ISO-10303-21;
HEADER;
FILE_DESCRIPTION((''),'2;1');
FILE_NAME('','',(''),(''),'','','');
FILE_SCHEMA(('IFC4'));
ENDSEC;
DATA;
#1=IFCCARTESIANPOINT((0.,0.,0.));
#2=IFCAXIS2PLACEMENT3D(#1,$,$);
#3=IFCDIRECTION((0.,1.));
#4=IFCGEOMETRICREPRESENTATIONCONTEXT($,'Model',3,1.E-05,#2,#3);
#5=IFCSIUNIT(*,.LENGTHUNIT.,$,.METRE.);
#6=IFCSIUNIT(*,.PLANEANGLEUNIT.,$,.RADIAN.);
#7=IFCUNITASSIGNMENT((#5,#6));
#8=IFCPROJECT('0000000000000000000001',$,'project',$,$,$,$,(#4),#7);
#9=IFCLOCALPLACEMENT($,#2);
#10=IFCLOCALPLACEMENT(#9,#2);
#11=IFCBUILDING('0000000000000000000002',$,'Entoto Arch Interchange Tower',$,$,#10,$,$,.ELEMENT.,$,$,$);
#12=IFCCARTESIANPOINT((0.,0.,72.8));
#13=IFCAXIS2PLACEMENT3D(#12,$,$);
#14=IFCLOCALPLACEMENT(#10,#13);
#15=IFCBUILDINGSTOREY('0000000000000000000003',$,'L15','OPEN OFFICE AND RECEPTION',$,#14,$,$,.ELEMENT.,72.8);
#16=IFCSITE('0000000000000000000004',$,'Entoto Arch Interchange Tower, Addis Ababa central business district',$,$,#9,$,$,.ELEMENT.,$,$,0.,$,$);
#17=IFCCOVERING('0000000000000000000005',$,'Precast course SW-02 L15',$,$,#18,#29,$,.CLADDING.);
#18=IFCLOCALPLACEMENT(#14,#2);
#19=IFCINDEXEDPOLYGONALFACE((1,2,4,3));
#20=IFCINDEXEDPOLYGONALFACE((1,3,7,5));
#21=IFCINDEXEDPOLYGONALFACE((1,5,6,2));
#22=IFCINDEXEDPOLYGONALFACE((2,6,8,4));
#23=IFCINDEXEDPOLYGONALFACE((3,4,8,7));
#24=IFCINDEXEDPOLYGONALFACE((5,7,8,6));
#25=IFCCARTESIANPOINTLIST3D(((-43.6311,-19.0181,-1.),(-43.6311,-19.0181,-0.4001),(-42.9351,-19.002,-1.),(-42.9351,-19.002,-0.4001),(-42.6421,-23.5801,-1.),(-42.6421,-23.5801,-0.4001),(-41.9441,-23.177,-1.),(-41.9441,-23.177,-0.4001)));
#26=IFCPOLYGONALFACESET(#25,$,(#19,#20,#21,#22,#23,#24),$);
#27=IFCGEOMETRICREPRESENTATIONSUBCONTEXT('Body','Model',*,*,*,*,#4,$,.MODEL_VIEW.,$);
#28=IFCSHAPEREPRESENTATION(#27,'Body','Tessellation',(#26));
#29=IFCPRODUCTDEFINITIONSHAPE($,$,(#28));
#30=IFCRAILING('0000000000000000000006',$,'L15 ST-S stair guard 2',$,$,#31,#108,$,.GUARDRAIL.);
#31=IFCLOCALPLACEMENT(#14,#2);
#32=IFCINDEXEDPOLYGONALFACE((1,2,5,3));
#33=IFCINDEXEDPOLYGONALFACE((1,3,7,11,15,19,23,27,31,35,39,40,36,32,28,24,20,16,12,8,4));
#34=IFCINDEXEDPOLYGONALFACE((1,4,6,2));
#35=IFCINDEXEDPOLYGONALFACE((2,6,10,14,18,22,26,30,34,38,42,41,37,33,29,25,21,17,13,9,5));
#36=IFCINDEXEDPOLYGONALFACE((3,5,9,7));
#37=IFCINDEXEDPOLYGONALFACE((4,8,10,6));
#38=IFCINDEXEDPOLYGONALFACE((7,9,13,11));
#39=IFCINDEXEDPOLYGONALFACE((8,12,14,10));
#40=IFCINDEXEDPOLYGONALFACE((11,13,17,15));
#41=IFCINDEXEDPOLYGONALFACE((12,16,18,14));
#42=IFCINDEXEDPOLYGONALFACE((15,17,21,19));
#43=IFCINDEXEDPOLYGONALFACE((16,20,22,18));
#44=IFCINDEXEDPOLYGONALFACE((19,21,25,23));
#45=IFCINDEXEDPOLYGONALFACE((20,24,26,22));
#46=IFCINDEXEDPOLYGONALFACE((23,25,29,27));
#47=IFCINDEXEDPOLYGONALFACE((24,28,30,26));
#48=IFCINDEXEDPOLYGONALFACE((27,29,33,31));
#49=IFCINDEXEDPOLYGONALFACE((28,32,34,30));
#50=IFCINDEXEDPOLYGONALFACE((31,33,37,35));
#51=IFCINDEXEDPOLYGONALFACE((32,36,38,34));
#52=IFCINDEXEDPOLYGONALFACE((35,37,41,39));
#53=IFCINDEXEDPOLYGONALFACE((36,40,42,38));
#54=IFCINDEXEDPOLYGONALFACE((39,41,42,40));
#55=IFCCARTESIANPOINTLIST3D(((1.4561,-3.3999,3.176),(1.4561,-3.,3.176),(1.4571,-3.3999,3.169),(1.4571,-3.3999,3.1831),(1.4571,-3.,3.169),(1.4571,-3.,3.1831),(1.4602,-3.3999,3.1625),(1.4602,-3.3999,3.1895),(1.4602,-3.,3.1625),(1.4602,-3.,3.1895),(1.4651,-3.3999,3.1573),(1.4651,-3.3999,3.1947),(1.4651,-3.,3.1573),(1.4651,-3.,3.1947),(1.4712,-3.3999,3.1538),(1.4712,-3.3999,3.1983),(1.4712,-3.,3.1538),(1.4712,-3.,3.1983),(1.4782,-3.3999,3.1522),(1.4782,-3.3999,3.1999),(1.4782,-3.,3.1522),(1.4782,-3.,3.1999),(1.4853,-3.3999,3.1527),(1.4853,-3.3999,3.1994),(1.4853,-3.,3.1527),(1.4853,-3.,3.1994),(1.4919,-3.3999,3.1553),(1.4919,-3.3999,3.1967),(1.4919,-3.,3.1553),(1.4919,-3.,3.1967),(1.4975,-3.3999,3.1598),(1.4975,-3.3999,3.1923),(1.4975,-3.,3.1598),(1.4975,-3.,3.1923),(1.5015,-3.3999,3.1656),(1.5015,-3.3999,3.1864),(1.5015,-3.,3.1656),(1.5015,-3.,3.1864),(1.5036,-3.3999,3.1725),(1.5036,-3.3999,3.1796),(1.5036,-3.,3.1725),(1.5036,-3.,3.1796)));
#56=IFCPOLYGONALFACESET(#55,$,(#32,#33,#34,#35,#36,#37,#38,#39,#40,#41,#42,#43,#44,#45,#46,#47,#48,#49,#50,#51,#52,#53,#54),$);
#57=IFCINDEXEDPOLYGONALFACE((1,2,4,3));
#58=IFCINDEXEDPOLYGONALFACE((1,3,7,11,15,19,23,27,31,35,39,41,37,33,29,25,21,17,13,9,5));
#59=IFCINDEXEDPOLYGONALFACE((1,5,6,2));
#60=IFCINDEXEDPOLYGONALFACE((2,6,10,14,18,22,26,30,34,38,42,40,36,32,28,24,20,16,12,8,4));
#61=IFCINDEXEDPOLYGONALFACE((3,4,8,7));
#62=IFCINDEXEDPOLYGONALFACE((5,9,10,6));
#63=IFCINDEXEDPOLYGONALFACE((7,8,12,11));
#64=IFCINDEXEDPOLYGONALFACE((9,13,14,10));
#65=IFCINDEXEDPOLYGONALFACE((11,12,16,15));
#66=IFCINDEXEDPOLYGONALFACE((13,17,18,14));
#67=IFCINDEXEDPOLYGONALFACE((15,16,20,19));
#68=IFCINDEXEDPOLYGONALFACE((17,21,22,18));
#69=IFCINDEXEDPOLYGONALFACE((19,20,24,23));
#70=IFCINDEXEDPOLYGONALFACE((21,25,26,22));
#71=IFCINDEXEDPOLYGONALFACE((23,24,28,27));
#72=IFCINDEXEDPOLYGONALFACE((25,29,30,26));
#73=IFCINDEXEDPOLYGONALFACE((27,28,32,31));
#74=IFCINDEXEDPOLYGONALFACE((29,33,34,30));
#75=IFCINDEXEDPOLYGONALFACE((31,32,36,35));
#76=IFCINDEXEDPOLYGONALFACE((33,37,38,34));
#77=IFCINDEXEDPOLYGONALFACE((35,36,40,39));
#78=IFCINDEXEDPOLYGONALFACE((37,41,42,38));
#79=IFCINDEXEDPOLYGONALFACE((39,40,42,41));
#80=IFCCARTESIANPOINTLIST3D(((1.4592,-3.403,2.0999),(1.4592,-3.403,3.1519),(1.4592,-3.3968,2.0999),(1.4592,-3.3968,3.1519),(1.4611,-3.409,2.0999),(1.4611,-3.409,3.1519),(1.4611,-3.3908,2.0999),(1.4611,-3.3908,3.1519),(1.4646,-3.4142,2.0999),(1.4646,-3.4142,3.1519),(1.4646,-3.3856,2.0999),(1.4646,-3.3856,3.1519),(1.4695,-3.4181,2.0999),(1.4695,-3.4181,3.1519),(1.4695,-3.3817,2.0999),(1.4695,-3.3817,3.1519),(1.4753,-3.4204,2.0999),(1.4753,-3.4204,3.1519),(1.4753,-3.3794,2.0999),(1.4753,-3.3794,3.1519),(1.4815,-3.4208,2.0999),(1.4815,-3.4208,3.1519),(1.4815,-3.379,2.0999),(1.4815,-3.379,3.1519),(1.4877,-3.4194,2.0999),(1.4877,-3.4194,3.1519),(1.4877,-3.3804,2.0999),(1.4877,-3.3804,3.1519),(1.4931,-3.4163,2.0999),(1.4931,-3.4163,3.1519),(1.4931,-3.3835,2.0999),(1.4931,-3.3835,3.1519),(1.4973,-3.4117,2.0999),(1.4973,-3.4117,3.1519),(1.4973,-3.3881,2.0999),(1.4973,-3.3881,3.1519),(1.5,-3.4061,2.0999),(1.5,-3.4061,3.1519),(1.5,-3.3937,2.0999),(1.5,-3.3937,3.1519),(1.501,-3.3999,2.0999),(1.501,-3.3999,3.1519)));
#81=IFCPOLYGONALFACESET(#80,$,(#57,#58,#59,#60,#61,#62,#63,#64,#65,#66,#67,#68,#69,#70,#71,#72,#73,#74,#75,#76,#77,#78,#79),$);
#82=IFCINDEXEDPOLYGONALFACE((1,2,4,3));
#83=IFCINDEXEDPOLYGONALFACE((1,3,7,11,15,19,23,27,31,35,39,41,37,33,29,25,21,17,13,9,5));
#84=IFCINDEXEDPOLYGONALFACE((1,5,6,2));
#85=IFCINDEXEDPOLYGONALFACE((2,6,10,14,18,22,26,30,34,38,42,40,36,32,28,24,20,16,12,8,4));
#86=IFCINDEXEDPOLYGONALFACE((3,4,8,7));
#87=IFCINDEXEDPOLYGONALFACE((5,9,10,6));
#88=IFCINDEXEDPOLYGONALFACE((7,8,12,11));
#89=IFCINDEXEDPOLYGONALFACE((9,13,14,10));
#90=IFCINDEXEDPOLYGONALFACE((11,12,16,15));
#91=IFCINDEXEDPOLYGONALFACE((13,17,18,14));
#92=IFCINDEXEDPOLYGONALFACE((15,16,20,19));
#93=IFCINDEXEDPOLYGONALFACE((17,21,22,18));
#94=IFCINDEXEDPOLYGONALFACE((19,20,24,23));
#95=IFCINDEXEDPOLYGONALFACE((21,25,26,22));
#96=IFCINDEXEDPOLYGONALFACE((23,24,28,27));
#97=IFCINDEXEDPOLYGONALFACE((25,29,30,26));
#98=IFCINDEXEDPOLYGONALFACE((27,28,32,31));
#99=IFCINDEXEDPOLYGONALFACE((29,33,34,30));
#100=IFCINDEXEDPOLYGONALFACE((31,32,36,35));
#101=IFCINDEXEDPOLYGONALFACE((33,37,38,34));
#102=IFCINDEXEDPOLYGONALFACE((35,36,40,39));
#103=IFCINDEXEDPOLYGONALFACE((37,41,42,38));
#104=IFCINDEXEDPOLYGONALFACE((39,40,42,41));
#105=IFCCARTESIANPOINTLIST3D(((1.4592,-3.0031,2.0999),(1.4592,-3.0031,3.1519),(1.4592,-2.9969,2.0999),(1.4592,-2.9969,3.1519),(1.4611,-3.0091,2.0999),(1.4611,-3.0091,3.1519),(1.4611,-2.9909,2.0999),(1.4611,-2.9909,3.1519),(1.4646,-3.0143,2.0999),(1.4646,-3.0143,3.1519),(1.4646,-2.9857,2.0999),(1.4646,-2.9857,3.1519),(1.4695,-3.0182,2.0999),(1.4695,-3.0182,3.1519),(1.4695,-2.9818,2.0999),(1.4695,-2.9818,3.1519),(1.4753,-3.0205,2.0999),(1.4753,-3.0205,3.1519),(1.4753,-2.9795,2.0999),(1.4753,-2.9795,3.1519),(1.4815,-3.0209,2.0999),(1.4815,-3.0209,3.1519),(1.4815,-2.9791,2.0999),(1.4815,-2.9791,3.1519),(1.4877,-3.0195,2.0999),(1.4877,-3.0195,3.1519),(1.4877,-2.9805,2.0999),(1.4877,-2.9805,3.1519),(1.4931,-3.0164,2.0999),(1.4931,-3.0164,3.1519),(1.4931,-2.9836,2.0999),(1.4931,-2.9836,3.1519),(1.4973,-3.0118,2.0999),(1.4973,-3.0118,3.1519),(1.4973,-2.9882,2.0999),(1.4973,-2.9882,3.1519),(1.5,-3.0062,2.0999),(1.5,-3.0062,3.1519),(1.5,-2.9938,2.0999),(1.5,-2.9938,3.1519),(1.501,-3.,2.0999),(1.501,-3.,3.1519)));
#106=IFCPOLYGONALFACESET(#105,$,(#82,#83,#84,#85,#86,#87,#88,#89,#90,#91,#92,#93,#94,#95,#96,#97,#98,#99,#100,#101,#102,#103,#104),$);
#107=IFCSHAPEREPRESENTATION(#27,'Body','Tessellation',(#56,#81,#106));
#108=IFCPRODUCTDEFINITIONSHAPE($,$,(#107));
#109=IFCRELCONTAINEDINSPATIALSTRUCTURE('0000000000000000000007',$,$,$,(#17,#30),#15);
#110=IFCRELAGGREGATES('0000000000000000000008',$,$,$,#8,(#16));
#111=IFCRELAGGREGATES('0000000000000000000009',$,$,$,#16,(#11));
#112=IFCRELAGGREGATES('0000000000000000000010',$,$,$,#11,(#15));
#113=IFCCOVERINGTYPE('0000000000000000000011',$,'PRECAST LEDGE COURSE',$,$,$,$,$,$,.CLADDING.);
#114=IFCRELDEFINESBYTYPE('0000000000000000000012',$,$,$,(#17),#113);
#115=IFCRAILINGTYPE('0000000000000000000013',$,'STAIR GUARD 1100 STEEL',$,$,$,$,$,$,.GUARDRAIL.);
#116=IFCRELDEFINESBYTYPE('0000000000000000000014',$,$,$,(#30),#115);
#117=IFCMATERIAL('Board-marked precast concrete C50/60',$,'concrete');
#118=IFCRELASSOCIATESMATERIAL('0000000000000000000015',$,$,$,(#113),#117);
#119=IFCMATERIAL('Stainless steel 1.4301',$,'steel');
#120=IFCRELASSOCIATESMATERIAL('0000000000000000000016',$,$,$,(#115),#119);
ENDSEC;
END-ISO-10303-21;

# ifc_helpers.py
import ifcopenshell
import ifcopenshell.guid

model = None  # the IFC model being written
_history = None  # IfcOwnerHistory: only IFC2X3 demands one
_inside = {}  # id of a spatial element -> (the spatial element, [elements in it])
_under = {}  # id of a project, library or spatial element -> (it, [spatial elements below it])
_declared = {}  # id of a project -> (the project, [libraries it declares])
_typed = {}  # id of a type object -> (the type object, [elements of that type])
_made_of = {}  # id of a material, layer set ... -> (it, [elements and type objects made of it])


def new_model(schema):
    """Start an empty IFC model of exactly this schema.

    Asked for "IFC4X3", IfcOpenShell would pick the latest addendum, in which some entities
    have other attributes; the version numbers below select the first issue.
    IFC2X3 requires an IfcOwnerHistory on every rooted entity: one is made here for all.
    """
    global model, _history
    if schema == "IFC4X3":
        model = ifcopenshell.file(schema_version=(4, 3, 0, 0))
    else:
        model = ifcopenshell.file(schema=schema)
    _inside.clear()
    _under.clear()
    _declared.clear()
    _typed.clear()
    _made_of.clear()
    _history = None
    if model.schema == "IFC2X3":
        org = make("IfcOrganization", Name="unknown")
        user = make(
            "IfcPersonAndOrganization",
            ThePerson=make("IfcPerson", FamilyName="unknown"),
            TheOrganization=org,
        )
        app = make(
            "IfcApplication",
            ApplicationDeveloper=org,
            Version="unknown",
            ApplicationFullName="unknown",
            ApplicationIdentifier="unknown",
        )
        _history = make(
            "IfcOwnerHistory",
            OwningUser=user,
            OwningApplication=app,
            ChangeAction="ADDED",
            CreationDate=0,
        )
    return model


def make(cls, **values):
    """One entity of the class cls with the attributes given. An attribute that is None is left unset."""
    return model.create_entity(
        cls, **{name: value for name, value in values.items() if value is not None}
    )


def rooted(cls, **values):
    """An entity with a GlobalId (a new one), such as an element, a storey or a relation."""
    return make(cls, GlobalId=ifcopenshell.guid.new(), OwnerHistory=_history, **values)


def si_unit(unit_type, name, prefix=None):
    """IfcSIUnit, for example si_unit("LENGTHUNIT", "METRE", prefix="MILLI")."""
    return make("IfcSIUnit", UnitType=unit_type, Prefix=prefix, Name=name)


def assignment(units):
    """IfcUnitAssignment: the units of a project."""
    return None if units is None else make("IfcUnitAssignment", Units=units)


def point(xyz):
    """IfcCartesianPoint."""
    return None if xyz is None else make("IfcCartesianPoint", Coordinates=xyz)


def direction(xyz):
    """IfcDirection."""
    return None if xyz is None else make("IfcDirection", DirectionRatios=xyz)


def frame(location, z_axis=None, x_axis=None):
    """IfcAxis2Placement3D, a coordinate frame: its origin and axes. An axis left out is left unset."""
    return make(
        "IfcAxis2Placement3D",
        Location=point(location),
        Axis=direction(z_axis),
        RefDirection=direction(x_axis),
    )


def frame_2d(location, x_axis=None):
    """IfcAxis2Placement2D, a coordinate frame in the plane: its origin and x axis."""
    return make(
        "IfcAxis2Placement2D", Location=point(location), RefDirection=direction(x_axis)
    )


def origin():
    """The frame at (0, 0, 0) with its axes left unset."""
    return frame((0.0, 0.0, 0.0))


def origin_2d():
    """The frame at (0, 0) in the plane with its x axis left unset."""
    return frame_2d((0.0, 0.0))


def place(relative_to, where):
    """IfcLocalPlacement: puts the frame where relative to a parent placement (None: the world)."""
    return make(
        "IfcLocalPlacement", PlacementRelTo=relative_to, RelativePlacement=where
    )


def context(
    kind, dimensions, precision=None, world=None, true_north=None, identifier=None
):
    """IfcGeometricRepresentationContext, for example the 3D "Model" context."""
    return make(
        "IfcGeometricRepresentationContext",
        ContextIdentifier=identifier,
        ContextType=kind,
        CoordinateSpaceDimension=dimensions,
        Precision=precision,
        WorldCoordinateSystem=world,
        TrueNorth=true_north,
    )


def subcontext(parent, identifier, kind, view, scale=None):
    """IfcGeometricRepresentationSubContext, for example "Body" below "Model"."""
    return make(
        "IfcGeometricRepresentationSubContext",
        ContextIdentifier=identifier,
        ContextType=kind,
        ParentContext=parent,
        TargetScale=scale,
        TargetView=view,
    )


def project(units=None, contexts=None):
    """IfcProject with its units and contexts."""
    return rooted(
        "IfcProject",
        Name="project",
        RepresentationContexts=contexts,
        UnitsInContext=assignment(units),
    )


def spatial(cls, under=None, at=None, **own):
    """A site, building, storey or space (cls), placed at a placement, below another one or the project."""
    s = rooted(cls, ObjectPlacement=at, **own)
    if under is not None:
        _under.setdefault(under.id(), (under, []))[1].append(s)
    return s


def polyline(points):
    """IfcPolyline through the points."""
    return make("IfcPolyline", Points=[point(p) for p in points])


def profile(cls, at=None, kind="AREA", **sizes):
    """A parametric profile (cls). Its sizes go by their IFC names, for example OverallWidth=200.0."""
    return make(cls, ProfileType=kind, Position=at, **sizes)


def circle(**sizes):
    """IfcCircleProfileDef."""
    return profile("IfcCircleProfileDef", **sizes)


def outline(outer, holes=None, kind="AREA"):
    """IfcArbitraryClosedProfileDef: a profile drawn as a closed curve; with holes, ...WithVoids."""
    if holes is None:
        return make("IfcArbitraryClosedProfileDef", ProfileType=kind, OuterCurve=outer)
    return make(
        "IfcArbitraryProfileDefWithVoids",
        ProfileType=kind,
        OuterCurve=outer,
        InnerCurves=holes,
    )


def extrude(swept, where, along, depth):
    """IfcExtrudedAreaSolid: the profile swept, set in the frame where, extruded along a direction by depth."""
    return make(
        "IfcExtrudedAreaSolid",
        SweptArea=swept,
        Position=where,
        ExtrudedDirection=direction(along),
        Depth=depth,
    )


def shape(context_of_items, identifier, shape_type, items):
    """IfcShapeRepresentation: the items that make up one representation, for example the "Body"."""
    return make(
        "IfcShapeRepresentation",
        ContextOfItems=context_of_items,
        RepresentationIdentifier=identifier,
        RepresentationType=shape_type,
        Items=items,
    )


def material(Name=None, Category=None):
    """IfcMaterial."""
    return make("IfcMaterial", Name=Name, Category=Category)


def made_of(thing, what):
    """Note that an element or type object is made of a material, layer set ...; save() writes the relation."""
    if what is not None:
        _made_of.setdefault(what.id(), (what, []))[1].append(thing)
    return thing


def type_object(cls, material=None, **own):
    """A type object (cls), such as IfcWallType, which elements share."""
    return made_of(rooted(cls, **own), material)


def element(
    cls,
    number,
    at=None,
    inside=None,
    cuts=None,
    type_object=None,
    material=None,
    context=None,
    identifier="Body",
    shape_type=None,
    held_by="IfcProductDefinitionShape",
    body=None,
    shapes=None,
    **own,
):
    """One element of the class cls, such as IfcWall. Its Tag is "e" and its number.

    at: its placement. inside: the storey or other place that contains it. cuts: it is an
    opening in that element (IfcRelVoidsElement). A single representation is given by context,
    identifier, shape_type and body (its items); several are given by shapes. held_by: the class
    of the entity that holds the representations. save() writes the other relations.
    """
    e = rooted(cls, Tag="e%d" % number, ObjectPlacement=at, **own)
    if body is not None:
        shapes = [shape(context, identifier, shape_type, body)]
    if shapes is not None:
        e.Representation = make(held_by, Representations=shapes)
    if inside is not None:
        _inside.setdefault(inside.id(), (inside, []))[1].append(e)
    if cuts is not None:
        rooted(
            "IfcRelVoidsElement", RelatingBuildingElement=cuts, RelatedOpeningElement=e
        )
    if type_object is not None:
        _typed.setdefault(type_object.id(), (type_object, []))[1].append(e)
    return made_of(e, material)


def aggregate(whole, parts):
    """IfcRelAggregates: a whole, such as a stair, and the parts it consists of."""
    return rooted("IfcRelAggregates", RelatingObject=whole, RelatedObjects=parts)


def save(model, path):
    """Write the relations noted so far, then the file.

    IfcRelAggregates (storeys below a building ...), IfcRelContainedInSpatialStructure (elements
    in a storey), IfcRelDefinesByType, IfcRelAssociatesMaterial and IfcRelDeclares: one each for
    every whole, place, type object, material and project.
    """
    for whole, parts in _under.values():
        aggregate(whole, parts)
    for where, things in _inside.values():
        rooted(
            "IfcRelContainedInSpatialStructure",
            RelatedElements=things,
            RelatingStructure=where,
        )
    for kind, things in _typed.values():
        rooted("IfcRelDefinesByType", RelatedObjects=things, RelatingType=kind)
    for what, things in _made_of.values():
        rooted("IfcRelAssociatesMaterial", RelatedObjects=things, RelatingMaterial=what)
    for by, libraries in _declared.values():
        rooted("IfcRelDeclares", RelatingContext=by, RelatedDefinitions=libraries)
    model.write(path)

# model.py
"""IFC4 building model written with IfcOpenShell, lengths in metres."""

from ifc_helpers import new_model, si_unit, direction, frame, origin, origin_2d, place, context, subcontext, project, spatial, polyline, circle, outline, extrude, material, type_object, element, save


model = new_model("IFC4")

# Units and contexts
model_context = context("Model", 3, precision=1e-05, world=origin(), true_north=direction((0.0, 1.0)))
body_context = subcontext(model_context, "Body", "Model", "MODEL_VIEW")
ifc_project = project(units=[si_unit("LENGTHUNIT", "METRE"), si_unit("PLANEANGLEUNIT", "RADIAN")], contexts=[model_context])

# Site, building, storey
site_placement = place(None, origin())
site = spatial("IfcSite", under=ifc_project, at=site_placement, Name="Entoto Arch Interchange Tower, Addis Ababa central business district", CompositionType="ELEMENT", RefElevation=0.0)
building_placement = place(site_placement, origin())
building = spatial("IfcBuilding", under=site, at=building_placement, Name="Entoto Arch Interchange Tower", CompositionType="ELEMENT")
storey_placement = place(building_placement, frame((0.0, 0.0, 72.8)))
storey = spatial("IfcBuildingStorey", under=building, at=storey_placement, Name="L15", Description="OPEN OFFICE AND RECEPTION", CompositionType="ELEMENT", Elevation=72.8)

# Covering
ifc_material_1 = material(Name="Board-marked precast concrete C50/60", Category="concrete")
covering_type = type_object("IfcCoveringType", Name="PRECAST LEDGE COURSE", PredefinedType="CLADDING", material=ifc_material_1)
covering_1_placement = place(storey_placement, frame((0.0, 0.0, -1.0)))
element("IfcCovering", 1, at=covering_1_placement, inside=storey, type_object=covering_type, Name="Precast course SW-02 L15", PredefinedType="CLADDING", context=body_context, shape_type="SweptSolid", body=[
    extrude(outline(polyline([(-41.9441, -23.177), (-42.6421, -23.5801), (-43.6311, -19.0181), (-42.9351, -19.002), (-41.9441, -23.177)])), origin(), (0.0, 0.0, 1.0), 0.5999),
])

# Railing
ifc_material_2 = material(Name="Stainless steel 1.4301", Category="steel")
railing_type_1 = type_object("IfcRailingType", Name="STAIR GUARD 1100 STEEL", PredefinedType="GUARDRAIL", material=ifc_material_2)
railing_1_placement = place(storey_placement, frame((1.48, -3.3999, 2.0999)))
element("IfcRailing", 2, at=railing_1_placement, inside=storey, type_object=railing_type_1, Name="L15 ST-S stair guard 2", PredefinedType="GUARDRAIL", context=body_context, shape_type="SweptSolid", body=[
    extrude(circle(Radius=0.0239, at=origin_2d()), frame((0.0, 0.0, 1.0762), z_axis=(0.0, 1.0, 0.0), x_axis=(-1.0, 0.0, 0.0)), (0.0, 0.0, 1.0), 0.3999),
    extrude(circle(Radius=0.021, at=origin_2d()), origin(), (0.0, 0.0, 1.0), 1.052),
    extrude(circle(Radius=0.021, at=origin_2d()), frame((0.0, 0.3999, 0.0)), (0.0, 0.0, 1.0), 1.052),
])

save(model, "model.ifc")
